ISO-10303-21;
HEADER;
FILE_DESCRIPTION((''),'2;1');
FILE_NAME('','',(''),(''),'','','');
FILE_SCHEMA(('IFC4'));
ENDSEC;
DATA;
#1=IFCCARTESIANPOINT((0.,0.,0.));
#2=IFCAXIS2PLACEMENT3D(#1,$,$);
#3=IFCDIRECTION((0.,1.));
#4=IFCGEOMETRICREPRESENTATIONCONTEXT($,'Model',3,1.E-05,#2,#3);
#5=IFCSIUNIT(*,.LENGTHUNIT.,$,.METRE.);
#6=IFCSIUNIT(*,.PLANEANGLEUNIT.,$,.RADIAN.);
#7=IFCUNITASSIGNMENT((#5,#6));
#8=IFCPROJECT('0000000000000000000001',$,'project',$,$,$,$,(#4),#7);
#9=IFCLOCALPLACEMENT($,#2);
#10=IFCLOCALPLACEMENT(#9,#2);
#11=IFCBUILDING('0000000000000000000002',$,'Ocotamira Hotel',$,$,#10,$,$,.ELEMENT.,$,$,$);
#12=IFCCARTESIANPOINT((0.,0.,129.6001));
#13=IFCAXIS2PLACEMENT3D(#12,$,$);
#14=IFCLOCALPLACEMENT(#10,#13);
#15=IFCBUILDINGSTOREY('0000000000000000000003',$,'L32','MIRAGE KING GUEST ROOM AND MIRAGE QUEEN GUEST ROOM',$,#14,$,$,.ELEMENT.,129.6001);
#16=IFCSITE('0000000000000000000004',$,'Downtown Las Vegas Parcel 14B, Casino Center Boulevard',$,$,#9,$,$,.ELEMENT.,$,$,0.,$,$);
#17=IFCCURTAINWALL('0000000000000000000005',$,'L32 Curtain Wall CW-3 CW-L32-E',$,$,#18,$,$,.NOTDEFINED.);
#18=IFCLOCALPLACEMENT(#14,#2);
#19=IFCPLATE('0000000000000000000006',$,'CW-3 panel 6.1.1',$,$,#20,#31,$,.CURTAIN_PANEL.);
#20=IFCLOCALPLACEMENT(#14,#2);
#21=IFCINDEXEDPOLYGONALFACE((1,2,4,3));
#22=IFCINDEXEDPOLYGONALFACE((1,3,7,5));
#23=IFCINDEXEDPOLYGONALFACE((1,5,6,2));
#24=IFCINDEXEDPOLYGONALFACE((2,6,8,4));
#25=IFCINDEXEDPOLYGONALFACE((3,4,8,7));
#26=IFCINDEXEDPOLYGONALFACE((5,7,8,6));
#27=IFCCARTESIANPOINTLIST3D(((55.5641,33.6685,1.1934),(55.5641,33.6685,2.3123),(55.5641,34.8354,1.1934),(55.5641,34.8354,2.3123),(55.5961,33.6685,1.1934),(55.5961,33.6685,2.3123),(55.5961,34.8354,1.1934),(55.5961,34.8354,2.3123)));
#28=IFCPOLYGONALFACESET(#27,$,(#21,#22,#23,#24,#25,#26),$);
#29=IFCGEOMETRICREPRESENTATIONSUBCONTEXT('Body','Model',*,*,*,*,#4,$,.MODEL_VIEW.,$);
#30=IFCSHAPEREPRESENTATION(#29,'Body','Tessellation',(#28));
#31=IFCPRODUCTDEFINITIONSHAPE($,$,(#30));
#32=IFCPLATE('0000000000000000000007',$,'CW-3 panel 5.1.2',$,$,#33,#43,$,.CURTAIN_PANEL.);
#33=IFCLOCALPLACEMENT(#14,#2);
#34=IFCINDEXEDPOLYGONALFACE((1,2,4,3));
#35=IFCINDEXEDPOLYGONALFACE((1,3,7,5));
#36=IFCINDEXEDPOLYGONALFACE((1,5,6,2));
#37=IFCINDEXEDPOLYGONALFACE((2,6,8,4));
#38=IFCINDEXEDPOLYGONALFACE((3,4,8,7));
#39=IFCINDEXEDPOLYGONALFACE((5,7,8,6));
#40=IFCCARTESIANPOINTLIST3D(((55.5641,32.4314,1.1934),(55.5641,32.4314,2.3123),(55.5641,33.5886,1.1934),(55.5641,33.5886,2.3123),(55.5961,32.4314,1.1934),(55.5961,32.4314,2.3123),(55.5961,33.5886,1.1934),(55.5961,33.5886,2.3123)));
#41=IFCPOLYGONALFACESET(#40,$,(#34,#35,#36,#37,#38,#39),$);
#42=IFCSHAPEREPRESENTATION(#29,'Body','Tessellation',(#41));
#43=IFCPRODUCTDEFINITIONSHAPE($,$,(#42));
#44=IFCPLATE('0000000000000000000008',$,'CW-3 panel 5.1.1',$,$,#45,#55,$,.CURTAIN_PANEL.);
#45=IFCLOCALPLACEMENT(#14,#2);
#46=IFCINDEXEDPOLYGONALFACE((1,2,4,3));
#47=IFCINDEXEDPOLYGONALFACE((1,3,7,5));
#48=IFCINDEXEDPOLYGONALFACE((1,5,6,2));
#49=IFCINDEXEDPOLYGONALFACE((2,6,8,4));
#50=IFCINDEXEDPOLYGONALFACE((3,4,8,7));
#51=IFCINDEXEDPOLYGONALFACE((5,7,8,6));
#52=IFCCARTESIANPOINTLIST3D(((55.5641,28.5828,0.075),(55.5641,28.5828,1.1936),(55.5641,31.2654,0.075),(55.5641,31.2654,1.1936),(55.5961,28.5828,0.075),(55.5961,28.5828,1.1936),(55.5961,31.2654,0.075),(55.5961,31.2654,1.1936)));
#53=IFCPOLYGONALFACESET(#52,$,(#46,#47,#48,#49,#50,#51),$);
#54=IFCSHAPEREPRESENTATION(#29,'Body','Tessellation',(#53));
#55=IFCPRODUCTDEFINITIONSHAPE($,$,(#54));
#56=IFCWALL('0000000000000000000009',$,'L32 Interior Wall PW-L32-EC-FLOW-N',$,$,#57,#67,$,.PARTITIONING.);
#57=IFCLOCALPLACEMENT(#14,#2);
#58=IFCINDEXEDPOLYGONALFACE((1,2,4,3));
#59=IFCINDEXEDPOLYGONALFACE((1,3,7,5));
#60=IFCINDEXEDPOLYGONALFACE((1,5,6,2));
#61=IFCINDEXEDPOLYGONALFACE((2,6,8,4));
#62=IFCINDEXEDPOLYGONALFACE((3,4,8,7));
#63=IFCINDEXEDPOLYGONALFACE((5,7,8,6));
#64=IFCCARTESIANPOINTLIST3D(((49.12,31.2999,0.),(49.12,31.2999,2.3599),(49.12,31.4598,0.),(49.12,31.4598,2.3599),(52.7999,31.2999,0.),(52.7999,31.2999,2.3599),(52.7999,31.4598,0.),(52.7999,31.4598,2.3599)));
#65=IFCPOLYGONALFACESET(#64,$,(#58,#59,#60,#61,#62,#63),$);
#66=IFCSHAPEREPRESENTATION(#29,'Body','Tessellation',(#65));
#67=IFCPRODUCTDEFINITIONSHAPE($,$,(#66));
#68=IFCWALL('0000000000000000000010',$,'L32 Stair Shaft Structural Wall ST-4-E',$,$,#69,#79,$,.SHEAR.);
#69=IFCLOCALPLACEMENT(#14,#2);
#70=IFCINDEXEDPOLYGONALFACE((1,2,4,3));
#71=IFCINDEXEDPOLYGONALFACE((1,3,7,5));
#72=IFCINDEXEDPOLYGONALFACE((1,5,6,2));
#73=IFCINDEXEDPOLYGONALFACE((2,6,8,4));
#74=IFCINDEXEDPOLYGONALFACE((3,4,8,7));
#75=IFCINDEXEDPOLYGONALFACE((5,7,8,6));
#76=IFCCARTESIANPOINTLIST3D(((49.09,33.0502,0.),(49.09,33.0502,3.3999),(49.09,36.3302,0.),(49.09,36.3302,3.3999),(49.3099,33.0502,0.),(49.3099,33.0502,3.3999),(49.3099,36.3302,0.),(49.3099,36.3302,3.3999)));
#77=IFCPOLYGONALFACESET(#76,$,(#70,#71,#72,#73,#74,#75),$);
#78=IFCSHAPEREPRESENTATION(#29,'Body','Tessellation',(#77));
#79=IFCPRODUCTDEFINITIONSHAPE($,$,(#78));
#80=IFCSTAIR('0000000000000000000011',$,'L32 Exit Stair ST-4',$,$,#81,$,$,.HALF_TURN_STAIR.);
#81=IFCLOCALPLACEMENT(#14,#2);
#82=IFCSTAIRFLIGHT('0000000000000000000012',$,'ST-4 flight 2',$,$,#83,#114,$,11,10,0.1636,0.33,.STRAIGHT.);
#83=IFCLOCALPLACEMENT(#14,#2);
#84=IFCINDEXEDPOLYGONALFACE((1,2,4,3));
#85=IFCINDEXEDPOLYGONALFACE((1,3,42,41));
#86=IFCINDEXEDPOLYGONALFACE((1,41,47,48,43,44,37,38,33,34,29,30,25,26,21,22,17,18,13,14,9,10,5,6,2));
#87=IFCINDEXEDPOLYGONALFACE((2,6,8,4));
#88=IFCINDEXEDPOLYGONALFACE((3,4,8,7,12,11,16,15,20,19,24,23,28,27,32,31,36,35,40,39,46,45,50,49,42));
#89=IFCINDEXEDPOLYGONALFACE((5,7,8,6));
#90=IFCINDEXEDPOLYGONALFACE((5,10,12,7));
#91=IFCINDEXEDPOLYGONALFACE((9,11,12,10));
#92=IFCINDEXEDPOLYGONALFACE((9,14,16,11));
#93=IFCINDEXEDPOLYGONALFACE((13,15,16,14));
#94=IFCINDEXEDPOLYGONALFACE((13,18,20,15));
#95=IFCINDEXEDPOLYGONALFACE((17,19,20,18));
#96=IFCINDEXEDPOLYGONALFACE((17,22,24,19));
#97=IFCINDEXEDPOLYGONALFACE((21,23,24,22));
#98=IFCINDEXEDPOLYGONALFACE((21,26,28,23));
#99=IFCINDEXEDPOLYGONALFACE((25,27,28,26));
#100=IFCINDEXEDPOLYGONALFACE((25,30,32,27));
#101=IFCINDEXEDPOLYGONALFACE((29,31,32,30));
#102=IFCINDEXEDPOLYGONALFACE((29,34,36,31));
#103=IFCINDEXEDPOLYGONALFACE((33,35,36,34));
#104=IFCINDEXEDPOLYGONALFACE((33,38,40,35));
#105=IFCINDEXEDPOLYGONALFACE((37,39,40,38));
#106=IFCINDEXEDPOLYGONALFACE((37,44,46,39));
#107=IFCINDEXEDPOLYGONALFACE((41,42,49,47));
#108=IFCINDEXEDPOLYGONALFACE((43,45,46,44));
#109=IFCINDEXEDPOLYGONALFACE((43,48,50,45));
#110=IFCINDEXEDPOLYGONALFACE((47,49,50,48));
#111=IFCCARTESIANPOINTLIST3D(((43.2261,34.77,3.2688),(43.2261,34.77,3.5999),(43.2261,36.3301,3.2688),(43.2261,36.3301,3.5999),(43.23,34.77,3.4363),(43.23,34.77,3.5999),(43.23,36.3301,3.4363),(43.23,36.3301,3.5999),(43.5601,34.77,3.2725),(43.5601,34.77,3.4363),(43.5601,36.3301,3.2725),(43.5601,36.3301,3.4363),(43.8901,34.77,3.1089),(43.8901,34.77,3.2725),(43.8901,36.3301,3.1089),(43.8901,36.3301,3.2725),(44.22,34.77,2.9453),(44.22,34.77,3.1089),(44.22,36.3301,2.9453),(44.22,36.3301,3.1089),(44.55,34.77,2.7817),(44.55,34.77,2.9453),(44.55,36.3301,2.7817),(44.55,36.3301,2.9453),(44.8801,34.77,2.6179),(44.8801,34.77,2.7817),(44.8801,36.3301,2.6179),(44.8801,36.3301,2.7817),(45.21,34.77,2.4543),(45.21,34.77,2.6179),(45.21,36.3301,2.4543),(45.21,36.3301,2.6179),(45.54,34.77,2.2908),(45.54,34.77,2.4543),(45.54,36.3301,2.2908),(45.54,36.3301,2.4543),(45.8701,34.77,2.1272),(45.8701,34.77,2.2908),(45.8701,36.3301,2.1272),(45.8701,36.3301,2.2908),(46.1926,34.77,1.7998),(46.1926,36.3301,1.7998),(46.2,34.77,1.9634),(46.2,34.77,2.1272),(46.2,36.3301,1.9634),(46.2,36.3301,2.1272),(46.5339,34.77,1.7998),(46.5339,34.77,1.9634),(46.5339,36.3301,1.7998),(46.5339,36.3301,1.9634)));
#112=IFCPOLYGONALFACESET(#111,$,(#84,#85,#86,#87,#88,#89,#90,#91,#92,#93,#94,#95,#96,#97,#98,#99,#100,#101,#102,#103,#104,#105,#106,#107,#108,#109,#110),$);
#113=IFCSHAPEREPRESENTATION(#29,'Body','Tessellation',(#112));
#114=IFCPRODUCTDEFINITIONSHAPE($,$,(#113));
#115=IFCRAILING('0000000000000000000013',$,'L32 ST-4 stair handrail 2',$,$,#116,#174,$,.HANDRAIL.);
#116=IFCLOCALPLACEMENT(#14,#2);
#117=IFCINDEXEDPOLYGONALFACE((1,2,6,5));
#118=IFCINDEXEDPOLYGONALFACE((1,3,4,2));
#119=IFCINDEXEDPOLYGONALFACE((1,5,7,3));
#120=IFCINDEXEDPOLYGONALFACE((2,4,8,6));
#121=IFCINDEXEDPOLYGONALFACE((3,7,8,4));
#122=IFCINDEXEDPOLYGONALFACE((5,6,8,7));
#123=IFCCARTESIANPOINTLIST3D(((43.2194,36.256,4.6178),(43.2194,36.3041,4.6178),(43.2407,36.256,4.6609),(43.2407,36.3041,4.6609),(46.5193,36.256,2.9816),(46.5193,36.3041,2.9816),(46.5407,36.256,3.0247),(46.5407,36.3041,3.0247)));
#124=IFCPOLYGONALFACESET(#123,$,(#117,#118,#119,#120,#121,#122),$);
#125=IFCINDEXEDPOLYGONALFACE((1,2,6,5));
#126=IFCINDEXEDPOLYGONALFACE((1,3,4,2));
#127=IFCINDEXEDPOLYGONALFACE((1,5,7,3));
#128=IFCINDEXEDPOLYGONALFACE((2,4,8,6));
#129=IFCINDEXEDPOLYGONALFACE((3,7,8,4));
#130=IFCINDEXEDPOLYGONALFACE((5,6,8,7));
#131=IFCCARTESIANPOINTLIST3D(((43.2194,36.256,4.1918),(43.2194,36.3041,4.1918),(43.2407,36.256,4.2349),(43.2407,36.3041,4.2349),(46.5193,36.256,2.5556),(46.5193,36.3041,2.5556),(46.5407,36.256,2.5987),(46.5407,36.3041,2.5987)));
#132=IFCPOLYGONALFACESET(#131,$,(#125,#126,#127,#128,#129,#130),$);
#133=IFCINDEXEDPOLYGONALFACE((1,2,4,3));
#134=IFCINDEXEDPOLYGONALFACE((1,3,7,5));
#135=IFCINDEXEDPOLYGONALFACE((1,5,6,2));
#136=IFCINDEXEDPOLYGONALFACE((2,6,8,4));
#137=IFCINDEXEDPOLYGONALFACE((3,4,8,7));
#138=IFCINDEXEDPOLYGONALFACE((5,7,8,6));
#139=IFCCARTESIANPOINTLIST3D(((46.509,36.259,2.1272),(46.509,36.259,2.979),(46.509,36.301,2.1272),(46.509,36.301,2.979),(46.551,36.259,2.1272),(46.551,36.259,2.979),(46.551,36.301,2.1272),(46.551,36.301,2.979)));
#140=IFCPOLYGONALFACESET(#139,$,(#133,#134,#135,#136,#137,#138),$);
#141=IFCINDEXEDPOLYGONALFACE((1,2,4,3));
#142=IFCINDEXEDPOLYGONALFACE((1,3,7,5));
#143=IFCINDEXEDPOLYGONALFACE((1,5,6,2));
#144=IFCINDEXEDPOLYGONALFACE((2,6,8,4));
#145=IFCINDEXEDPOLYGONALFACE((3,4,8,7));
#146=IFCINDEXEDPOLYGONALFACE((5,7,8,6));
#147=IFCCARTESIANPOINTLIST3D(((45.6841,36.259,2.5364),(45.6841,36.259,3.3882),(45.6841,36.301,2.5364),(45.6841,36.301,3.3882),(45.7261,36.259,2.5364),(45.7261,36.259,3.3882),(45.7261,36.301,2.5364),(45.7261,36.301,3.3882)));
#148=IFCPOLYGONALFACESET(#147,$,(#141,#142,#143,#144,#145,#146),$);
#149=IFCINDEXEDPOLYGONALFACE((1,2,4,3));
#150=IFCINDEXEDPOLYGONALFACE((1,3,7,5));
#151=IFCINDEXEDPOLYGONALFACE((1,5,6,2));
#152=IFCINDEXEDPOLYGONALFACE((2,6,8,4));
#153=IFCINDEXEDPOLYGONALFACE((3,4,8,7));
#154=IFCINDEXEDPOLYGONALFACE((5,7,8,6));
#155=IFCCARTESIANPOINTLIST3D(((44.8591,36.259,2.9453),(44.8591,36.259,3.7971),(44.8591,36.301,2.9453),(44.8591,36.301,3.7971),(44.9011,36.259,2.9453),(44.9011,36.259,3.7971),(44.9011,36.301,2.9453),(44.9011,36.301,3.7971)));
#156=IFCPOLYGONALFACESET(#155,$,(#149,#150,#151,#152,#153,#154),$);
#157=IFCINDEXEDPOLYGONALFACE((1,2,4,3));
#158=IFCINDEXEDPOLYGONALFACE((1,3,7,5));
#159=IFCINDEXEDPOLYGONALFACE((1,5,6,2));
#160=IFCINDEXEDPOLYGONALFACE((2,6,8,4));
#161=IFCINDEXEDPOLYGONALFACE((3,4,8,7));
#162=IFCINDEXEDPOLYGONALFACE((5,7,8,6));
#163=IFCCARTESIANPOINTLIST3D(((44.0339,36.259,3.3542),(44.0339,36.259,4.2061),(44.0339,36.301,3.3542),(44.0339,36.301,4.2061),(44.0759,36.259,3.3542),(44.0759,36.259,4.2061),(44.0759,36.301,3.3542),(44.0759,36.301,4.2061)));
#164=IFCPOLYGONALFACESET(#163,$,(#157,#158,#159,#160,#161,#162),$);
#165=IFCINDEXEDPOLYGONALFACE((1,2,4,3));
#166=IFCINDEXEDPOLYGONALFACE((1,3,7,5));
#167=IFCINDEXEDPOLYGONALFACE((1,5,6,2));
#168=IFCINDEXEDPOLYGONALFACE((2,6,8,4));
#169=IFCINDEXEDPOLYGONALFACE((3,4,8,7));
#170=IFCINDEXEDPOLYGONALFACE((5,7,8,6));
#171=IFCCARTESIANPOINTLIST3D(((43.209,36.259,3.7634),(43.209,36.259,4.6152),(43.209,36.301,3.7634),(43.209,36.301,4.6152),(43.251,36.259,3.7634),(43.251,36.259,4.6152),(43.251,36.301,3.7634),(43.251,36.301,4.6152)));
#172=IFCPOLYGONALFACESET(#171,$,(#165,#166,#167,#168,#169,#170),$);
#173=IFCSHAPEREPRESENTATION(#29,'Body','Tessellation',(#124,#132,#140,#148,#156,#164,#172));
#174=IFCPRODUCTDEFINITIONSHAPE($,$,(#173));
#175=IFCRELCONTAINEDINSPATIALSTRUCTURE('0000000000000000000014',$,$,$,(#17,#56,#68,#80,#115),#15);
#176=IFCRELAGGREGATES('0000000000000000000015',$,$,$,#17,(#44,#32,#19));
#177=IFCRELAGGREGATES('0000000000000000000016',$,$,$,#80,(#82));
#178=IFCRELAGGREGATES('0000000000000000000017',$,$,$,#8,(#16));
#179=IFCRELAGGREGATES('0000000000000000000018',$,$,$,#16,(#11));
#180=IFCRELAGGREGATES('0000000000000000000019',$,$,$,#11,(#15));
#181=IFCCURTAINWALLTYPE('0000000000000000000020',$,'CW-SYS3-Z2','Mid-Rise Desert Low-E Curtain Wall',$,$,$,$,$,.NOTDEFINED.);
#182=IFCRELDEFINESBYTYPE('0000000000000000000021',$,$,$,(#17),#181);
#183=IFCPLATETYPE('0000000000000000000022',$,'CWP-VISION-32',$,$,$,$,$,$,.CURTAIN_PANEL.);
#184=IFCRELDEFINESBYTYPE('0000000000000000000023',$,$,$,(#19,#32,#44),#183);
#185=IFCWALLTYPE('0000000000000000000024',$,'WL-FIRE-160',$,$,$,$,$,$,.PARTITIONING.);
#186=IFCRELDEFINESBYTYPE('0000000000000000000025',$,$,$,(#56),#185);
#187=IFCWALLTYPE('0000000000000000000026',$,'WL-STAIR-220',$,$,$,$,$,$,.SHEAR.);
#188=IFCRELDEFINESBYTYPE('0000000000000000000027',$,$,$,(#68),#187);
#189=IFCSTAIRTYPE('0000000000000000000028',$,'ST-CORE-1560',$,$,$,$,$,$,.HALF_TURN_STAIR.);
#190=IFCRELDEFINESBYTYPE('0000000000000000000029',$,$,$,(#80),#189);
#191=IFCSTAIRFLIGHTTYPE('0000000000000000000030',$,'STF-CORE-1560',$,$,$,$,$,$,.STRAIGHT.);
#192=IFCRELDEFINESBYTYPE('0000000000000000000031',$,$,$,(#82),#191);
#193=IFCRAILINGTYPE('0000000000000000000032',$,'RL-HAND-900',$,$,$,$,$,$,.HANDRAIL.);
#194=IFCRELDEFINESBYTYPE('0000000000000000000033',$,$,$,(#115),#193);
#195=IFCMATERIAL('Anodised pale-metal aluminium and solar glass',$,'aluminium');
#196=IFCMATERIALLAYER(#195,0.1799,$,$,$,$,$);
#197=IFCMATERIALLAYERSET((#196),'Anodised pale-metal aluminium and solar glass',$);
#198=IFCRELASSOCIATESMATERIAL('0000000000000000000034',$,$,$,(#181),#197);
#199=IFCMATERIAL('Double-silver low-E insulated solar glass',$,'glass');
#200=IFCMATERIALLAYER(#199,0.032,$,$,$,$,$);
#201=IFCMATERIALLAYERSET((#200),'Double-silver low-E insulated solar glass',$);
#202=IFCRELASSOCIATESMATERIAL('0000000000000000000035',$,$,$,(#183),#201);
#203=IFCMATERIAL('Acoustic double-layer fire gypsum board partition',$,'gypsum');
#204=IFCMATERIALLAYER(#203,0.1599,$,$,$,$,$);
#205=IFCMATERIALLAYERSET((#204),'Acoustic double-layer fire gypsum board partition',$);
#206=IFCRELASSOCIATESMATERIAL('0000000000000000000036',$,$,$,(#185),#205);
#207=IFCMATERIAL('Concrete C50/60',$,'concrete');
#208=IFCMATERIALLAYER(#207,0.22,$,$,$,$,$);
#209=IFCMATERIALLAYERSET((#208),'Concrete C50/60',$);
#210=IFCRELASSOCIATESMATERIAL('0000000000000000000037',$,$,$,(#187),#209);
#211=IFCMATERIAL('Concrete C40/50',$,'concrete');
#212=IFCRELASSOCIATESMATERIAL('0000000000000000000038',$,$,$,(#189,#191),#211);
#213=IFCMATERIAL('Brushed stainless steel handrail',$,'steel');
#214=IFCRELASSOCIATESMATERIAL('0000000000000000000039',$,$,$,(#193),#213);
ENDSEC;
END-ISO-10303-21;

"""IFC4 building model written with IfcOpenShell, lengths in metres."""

from ifc_helpers import new_model, si_unit, direction, frame, frame_2d, origin, origin_2d, place, context, subcontext, project, spatial, polyline, rectangle, outline, extrude, source, transform, mapped, material, layer, layer_set, type_object, element, aggregate, save


model = new_model("IFC4")

# Units and contexts
model_context = context("Model", 3, precision=1e-05, world=origin(), true_north=direction((0.0, 1.0)))
body_context = subcontext(model_context, "Body", "Model", "MODEL_VIEW")
ifc_project = project(units=[si_unit("LENGTHUNIT", "METRE"), si_unit("PLANEANGLEUNIT", "RADIAN")], contexts=[model_context])

# Site, building, storey
site_placement = place(None, origin())
site = spatial("IfcSite", under=ifc_project, at=site_placement, Name="Downtown Las Vegas Parcel 14B, Casino Center Boulevard", CompositionType="ELEMENT", RefElevation=0.0)
building_placement = place(site_placement, origin())
building = spatial("IfcBuilding", under=site, at=building_placement, Name="Ocotamira Hotel", CompositionType="ELEMENT")
storey_placement = place(building_placement, frame((0.0, 0.0, 129.6001)))
storey = spatial("IfcBuildingStorey", under=building, at=storey_placement, Name="L32", Description="MIRAGE KING GUEST ROOM AND MIRAGE QUEEN GUEST ROOM", CompositionType="ELEMENT", Elevation=129.6001)

# Curtain wall
ifc_material_1 = material(Name="Anodised pale-metal aluminium and solar glass", Category="aluminium")
ifc_layer_1 = layer(ifc_material_1, 0.1799)
ifc_layer_set_1 = layer_set([ifc_layer_1], Name="Anodised pale-metal aluminium and solar glass")
curtain_wall_type = type_object("IfcCurtainWallType", Name="CW-SYS3-Z2", Description="Mid-Rise Desert Low-E Curtain Wall", PredefinedType="NOTDEFINED", material=ifc_layer_set_1)
curtain_wall_placement = place(storey_placement, origin())
curtain_wall = element("IfcCurtainWall", 1, at=curtain_wall_placement, inside=storey, type_object=curtain_wall_type, Name="L32 Curtain Wall CW-3 CW-L32-E", PredefinedType="NOTDEFINED")

# Plates
ifc_material_2 = material(Name="Double-silver low-E insulated solar glass", Category="glass")
ifc_layer_2 = layer(ifc_material_2, 0.032)
ifc_layer_set_2 = layer_set([ifc_layer_2], Name="Double-silver low-E insulated solar glass")
plate_type_1 = type_object("IfcPlateType", Name="CWP-VISION-32", PredefinedType="CURTAIN_PANEL", material=ifc_layer_set_2)
shared_shape_1 = source(origin(), body_context, "Body", "SweptSolid", [
    extrude(rectangle(XDim=1.167, YDim=0.032, at=origin_2d()), origin(), (0.0, 0.0, 1.0), 1.1189),
])
plate_1_placement = place(storey_placement, frame((55.5801, 34.252, 1.1934), z_axis=(0.0, 0.0, 1.0), x_axis=(0.0, 1.0, 0.0)))
plate_1 = element("IfcPlate", 2, at=plate_1_placement, type_object=plate_type_1, Name="CW-3 panel 6.1.1", PredefinedType="CURTAIN_PANEL", context=body_context, shape_type="MappedRepresentation", body=[
    mapped(shared_shape_1, transform((0.0, 0.0, 0.0), scale=1.0)),
])
shared_shape_2 = source(origin(), body_context, "Body", "SweptSolid", [
    extrude(rectangle(XDim=1.1572, YDim=0.032, at=origin_2d()), origin(), (0.0, 0.0, 1.0), 1.1189),
])
plate_2_placement = place(storey_placement, frame((55.5801, 33.01, 1.1934), z_axis=(0.0, 0.0, 1.0), x_axis=(0.0, 1.0, 0.0)))
plate_2 = element("IfcPlate", 3, at=plate_2_placement, type_object=plate_type_1, Name="CW-3 panel 5.1.2", PredefinedType="CURTAIN_PANEL", context=body_context, shape_type="MappedRepresentation", body=[
    mapped(shared_shape_2, transform((0.0, 0.0, 0.0), scale=1.0)),
])
shared_shape_3 = source(origin(), body_context, "Body", "SweptSolid", [
    extrude(rectangle(XDim=2.6826, YDim=0.032, at=origin_2d()), origin(), (0.0, 0.0, 1.0), 1.1187),
])
plate_3_placement = place(storey_placement, frame((55.5801, 29.9241, 0.075), z_axis=(0.0, 0.0, 1.0), x_axis=(0.0, 1.0, 0.0)))
plate_3 = element("IfcPlate", 4, at=plate_3_placement, type_object=plate_type_1, Name="CW-3 panel 5.1.1", PredefinedType="CURTAIN_PANEL", context=body_context, shape_type="MappedRepresentation", body=[
    mapped(shared_shape_3, transform((0.0, 0.0, 0.0), scale=1.0)),
])
aggregate(curtain_wall, [plate_3, plate_2, plate_1])

# Wall
ifc_material_3 = material(Name="Acoustic double-layer fire gypsum board partition", Category="gypsum")
ifc_layer_3 = layer(ifc_material_3, 0.1599)
ifc_layer_set_3 = layer_set([ifc_layer_3], Name="Acoustic double-layer fire gypsum board partition")
wall_type_1 = type_object("IfcWallType", Name="WL-FIRE-160", PredefinedType="PARTITIONING", material=ifc_layer_set_3)
wall_1_placement = place(storey_placement, frame((49.1201, 31.3799, 0.0), z_axis=(0.0, 0.0, 1.0), x_axis=(1.0, 0.0, 0.0)))
element("IfcWall", 5, at=wall_1_placement, inside=storey, type_object=wall_type_1, Name="L32 Interior Wall PW-L32-EC-FLOW-N", PredefinedType="PARTITIONING", context=body_context, shape_type="SweptSolid", body=[
    extrude(rectangle(XDim=3.6799, YDim=0.1599, at=frame_2d((1.8398, 0.0))), origin(), (0.0, 0.0, 1.0), 2.3599),
])

# Wall
ifc_material_4 = material(Name="Concrete C50/60", Category="concrete")
ifc_layer_4 = layer(ifc_material_4, 0.22)
ifc_layer_set_4 = layer_set([ifc_layer_4], Name="Concrete C50/60")
wall_type_2 = type_object("IfcWallType", Name="WL-STAIR-220", PredefinedType="SHEAR", material=ifc_layer_set_4)
wall_2_placement = place(storey_placement, frame((49.2, 33.05, 0.0), z_axis=(0.0, 0.0, 1.0), x_axis=(0.0, 1.0, 0.0)))
element("IfcWall", 6, at=wall_2_placement, inside=storey, type_object=wall_type_2, Name="L32 Stair Shaft Structural Wall ST-4-E", PredefinedType="SHEAR", context=body_context, shape_type="SweptSolid", body=[
    extrude(rectangle(XDim=3.28, YDim=0.22, at=frame_2d((1.6401, 0.0))), origin(), (0.0, 0.0, 1.0), 3.3999),
])

# Stair, stair flight
ifc_material_5 = material(Name="Concrete C40/50", Category="concrete")
stair_type = type_object("IfcStairType", Name="ST-CORE-1560", PredefinedType="HALF_TURN_STAIR", material=ifc_material_5)
stair_placement = place(storey_placement, origin())
stair = element("IfcStair", 7, at=stair_placement, inside=storey, type_object=stair_type, Name="L32 Exit Stair ST-4", PredefinedType="HALF_TURN_STAIR")
stair_flight_type = type_object("IfcStairFlightType", Name="STF-CORE-1560", PredefinedType="STRAIGHT", material=ifc_material_5)
shared_shape_4 = source(origin(), body_context, "Body", "SweptSolid", [
    extrude(outline(polyline([(-0.0039, 0.0), (-0.0039, 0.1636), (0.3301, 0.1636), (0.3301, 0.3274), (0.6599, 0.3274), (0.6599, 0.491), (0.99, 0.491), (0.99, 0.6545), (1.3201, 0.6545), (1.3201, 0.8181), (1.6499, 0.8181), (1.6499, 0.9819), (1.98, 0.9819), (1.98, 1.1455), (2.3101, 1.1455), (2.3101, 1.3091), (2.6399, 1.3091), (2.6399, 1.4727), (2.97, 1.4727), (2.97, 1.6365), (3.3, 1.6365), (3.3, 1.8), (3.304, 1.8), (3.304, 1.469), (0.3374, 0.0), (-0.0039, 0.0)])), frame((0.0, 0.78, 0.0), z_axis=(0.0, -1.0, 0.0), x_axis=(1.0, 0.0, 0.0)), (0.0, 0.0, 1.0), 1.5601),
])
stair_flight_placement = place(storey_placement, frame((46.53, 35.55, 1.7998), z_axis=(0.0, 0.0, 1.0), x_axis=(-1.0, 0.0, 0.0)))
stair_flight = element("IfcStairFlight", 8, at=stair_flight_placement, type_object=stair_flight_type, Name="ST-4 flight 2", NumberOfRisers=11, NumberOfTreads=10, PredefinedType="STRAIGHT", RiserHeight=0.1636, TreadLength=0.33, context=body_context, shape_type="MappedRepresentation", body=[
    mapped(shared_shape_4, transform((0.0, 0.0, 0.0), scale=1.0)),
])
aggregate(stair, [stair_flight])

# Railing
ifc_material_6 = material(Name="Brushed stainless steel handrail", Category="steel")
railing_type_1 = type_object("IfcRailingType", Name="RL-HAND-900", PredefinedType="HANDRAIL", material=ifc_material_6)
railing_1_placement = place(storey_placement, frame((46.53, 36.28, 2.1272)))
element("IfcRailing", 9, at=railing_1_placement, inside=storey, type_object=railing_type_1, Name="L32 ST-4 stair handrail 2", PredefinedType="HANDRAIL", context=body_context, shape_type="SweptSolid", body=[
    extrude(rectangle(XDim=0.0481, YDim=0.0481, at=origin_2d()), frame((0.0, 0.0, 0.876), z_axis=(-0.89592, 0.0, 0.444215), x_axis=(0.0, -1.0, 0.0)), (0.0, 0.0, 1.0), 3.6833),
    extrude(rectangle(XDim=0.0481, YDim=0.0481, at=origin_2d()), frame((0.0, 0.0, 0.45), z_axis=(-0.89592, 0.0, 0.444215), x_axis=(0.0, -1.0, 0.0)), (0.0, 0.0, 1.0), 3.6833),
    extrude(rectangle(XDim=0.042, YDim=0.042, at=origin_2d()), origin(), (0.0, 0.0, 1.0), 0.8518),
    extrude(rectangle(XDim=0.042, YDim=0.042, at=origin_2d()), frame((-0.825, 0.0, 0.4092)), (0.0, 0.0, 1.0), 0.8518),
    extrude(rectangle(XDim=0.042, YDim=0.042, at=origin_2d()), frame((-1.6499, 0.0, 0.8181)), (0.0, 0.0, 1.0), 0.8518),
    extrude(rectangle(XDim=0.042, YDim=0.042, at=origin_2d()), frame((-2.4751, 0.0, 1.2271)), (0.0, 0.0, 1.0), 0.8518),
    extrude(rectangle(XDim=0.042, YDim=0.042, at=origin_2d()), frame((-3.3, 0.0, 1.6362)), (0.0, 0.0, 1.0), 0.8518),
])

save(model, "model.ifc")
